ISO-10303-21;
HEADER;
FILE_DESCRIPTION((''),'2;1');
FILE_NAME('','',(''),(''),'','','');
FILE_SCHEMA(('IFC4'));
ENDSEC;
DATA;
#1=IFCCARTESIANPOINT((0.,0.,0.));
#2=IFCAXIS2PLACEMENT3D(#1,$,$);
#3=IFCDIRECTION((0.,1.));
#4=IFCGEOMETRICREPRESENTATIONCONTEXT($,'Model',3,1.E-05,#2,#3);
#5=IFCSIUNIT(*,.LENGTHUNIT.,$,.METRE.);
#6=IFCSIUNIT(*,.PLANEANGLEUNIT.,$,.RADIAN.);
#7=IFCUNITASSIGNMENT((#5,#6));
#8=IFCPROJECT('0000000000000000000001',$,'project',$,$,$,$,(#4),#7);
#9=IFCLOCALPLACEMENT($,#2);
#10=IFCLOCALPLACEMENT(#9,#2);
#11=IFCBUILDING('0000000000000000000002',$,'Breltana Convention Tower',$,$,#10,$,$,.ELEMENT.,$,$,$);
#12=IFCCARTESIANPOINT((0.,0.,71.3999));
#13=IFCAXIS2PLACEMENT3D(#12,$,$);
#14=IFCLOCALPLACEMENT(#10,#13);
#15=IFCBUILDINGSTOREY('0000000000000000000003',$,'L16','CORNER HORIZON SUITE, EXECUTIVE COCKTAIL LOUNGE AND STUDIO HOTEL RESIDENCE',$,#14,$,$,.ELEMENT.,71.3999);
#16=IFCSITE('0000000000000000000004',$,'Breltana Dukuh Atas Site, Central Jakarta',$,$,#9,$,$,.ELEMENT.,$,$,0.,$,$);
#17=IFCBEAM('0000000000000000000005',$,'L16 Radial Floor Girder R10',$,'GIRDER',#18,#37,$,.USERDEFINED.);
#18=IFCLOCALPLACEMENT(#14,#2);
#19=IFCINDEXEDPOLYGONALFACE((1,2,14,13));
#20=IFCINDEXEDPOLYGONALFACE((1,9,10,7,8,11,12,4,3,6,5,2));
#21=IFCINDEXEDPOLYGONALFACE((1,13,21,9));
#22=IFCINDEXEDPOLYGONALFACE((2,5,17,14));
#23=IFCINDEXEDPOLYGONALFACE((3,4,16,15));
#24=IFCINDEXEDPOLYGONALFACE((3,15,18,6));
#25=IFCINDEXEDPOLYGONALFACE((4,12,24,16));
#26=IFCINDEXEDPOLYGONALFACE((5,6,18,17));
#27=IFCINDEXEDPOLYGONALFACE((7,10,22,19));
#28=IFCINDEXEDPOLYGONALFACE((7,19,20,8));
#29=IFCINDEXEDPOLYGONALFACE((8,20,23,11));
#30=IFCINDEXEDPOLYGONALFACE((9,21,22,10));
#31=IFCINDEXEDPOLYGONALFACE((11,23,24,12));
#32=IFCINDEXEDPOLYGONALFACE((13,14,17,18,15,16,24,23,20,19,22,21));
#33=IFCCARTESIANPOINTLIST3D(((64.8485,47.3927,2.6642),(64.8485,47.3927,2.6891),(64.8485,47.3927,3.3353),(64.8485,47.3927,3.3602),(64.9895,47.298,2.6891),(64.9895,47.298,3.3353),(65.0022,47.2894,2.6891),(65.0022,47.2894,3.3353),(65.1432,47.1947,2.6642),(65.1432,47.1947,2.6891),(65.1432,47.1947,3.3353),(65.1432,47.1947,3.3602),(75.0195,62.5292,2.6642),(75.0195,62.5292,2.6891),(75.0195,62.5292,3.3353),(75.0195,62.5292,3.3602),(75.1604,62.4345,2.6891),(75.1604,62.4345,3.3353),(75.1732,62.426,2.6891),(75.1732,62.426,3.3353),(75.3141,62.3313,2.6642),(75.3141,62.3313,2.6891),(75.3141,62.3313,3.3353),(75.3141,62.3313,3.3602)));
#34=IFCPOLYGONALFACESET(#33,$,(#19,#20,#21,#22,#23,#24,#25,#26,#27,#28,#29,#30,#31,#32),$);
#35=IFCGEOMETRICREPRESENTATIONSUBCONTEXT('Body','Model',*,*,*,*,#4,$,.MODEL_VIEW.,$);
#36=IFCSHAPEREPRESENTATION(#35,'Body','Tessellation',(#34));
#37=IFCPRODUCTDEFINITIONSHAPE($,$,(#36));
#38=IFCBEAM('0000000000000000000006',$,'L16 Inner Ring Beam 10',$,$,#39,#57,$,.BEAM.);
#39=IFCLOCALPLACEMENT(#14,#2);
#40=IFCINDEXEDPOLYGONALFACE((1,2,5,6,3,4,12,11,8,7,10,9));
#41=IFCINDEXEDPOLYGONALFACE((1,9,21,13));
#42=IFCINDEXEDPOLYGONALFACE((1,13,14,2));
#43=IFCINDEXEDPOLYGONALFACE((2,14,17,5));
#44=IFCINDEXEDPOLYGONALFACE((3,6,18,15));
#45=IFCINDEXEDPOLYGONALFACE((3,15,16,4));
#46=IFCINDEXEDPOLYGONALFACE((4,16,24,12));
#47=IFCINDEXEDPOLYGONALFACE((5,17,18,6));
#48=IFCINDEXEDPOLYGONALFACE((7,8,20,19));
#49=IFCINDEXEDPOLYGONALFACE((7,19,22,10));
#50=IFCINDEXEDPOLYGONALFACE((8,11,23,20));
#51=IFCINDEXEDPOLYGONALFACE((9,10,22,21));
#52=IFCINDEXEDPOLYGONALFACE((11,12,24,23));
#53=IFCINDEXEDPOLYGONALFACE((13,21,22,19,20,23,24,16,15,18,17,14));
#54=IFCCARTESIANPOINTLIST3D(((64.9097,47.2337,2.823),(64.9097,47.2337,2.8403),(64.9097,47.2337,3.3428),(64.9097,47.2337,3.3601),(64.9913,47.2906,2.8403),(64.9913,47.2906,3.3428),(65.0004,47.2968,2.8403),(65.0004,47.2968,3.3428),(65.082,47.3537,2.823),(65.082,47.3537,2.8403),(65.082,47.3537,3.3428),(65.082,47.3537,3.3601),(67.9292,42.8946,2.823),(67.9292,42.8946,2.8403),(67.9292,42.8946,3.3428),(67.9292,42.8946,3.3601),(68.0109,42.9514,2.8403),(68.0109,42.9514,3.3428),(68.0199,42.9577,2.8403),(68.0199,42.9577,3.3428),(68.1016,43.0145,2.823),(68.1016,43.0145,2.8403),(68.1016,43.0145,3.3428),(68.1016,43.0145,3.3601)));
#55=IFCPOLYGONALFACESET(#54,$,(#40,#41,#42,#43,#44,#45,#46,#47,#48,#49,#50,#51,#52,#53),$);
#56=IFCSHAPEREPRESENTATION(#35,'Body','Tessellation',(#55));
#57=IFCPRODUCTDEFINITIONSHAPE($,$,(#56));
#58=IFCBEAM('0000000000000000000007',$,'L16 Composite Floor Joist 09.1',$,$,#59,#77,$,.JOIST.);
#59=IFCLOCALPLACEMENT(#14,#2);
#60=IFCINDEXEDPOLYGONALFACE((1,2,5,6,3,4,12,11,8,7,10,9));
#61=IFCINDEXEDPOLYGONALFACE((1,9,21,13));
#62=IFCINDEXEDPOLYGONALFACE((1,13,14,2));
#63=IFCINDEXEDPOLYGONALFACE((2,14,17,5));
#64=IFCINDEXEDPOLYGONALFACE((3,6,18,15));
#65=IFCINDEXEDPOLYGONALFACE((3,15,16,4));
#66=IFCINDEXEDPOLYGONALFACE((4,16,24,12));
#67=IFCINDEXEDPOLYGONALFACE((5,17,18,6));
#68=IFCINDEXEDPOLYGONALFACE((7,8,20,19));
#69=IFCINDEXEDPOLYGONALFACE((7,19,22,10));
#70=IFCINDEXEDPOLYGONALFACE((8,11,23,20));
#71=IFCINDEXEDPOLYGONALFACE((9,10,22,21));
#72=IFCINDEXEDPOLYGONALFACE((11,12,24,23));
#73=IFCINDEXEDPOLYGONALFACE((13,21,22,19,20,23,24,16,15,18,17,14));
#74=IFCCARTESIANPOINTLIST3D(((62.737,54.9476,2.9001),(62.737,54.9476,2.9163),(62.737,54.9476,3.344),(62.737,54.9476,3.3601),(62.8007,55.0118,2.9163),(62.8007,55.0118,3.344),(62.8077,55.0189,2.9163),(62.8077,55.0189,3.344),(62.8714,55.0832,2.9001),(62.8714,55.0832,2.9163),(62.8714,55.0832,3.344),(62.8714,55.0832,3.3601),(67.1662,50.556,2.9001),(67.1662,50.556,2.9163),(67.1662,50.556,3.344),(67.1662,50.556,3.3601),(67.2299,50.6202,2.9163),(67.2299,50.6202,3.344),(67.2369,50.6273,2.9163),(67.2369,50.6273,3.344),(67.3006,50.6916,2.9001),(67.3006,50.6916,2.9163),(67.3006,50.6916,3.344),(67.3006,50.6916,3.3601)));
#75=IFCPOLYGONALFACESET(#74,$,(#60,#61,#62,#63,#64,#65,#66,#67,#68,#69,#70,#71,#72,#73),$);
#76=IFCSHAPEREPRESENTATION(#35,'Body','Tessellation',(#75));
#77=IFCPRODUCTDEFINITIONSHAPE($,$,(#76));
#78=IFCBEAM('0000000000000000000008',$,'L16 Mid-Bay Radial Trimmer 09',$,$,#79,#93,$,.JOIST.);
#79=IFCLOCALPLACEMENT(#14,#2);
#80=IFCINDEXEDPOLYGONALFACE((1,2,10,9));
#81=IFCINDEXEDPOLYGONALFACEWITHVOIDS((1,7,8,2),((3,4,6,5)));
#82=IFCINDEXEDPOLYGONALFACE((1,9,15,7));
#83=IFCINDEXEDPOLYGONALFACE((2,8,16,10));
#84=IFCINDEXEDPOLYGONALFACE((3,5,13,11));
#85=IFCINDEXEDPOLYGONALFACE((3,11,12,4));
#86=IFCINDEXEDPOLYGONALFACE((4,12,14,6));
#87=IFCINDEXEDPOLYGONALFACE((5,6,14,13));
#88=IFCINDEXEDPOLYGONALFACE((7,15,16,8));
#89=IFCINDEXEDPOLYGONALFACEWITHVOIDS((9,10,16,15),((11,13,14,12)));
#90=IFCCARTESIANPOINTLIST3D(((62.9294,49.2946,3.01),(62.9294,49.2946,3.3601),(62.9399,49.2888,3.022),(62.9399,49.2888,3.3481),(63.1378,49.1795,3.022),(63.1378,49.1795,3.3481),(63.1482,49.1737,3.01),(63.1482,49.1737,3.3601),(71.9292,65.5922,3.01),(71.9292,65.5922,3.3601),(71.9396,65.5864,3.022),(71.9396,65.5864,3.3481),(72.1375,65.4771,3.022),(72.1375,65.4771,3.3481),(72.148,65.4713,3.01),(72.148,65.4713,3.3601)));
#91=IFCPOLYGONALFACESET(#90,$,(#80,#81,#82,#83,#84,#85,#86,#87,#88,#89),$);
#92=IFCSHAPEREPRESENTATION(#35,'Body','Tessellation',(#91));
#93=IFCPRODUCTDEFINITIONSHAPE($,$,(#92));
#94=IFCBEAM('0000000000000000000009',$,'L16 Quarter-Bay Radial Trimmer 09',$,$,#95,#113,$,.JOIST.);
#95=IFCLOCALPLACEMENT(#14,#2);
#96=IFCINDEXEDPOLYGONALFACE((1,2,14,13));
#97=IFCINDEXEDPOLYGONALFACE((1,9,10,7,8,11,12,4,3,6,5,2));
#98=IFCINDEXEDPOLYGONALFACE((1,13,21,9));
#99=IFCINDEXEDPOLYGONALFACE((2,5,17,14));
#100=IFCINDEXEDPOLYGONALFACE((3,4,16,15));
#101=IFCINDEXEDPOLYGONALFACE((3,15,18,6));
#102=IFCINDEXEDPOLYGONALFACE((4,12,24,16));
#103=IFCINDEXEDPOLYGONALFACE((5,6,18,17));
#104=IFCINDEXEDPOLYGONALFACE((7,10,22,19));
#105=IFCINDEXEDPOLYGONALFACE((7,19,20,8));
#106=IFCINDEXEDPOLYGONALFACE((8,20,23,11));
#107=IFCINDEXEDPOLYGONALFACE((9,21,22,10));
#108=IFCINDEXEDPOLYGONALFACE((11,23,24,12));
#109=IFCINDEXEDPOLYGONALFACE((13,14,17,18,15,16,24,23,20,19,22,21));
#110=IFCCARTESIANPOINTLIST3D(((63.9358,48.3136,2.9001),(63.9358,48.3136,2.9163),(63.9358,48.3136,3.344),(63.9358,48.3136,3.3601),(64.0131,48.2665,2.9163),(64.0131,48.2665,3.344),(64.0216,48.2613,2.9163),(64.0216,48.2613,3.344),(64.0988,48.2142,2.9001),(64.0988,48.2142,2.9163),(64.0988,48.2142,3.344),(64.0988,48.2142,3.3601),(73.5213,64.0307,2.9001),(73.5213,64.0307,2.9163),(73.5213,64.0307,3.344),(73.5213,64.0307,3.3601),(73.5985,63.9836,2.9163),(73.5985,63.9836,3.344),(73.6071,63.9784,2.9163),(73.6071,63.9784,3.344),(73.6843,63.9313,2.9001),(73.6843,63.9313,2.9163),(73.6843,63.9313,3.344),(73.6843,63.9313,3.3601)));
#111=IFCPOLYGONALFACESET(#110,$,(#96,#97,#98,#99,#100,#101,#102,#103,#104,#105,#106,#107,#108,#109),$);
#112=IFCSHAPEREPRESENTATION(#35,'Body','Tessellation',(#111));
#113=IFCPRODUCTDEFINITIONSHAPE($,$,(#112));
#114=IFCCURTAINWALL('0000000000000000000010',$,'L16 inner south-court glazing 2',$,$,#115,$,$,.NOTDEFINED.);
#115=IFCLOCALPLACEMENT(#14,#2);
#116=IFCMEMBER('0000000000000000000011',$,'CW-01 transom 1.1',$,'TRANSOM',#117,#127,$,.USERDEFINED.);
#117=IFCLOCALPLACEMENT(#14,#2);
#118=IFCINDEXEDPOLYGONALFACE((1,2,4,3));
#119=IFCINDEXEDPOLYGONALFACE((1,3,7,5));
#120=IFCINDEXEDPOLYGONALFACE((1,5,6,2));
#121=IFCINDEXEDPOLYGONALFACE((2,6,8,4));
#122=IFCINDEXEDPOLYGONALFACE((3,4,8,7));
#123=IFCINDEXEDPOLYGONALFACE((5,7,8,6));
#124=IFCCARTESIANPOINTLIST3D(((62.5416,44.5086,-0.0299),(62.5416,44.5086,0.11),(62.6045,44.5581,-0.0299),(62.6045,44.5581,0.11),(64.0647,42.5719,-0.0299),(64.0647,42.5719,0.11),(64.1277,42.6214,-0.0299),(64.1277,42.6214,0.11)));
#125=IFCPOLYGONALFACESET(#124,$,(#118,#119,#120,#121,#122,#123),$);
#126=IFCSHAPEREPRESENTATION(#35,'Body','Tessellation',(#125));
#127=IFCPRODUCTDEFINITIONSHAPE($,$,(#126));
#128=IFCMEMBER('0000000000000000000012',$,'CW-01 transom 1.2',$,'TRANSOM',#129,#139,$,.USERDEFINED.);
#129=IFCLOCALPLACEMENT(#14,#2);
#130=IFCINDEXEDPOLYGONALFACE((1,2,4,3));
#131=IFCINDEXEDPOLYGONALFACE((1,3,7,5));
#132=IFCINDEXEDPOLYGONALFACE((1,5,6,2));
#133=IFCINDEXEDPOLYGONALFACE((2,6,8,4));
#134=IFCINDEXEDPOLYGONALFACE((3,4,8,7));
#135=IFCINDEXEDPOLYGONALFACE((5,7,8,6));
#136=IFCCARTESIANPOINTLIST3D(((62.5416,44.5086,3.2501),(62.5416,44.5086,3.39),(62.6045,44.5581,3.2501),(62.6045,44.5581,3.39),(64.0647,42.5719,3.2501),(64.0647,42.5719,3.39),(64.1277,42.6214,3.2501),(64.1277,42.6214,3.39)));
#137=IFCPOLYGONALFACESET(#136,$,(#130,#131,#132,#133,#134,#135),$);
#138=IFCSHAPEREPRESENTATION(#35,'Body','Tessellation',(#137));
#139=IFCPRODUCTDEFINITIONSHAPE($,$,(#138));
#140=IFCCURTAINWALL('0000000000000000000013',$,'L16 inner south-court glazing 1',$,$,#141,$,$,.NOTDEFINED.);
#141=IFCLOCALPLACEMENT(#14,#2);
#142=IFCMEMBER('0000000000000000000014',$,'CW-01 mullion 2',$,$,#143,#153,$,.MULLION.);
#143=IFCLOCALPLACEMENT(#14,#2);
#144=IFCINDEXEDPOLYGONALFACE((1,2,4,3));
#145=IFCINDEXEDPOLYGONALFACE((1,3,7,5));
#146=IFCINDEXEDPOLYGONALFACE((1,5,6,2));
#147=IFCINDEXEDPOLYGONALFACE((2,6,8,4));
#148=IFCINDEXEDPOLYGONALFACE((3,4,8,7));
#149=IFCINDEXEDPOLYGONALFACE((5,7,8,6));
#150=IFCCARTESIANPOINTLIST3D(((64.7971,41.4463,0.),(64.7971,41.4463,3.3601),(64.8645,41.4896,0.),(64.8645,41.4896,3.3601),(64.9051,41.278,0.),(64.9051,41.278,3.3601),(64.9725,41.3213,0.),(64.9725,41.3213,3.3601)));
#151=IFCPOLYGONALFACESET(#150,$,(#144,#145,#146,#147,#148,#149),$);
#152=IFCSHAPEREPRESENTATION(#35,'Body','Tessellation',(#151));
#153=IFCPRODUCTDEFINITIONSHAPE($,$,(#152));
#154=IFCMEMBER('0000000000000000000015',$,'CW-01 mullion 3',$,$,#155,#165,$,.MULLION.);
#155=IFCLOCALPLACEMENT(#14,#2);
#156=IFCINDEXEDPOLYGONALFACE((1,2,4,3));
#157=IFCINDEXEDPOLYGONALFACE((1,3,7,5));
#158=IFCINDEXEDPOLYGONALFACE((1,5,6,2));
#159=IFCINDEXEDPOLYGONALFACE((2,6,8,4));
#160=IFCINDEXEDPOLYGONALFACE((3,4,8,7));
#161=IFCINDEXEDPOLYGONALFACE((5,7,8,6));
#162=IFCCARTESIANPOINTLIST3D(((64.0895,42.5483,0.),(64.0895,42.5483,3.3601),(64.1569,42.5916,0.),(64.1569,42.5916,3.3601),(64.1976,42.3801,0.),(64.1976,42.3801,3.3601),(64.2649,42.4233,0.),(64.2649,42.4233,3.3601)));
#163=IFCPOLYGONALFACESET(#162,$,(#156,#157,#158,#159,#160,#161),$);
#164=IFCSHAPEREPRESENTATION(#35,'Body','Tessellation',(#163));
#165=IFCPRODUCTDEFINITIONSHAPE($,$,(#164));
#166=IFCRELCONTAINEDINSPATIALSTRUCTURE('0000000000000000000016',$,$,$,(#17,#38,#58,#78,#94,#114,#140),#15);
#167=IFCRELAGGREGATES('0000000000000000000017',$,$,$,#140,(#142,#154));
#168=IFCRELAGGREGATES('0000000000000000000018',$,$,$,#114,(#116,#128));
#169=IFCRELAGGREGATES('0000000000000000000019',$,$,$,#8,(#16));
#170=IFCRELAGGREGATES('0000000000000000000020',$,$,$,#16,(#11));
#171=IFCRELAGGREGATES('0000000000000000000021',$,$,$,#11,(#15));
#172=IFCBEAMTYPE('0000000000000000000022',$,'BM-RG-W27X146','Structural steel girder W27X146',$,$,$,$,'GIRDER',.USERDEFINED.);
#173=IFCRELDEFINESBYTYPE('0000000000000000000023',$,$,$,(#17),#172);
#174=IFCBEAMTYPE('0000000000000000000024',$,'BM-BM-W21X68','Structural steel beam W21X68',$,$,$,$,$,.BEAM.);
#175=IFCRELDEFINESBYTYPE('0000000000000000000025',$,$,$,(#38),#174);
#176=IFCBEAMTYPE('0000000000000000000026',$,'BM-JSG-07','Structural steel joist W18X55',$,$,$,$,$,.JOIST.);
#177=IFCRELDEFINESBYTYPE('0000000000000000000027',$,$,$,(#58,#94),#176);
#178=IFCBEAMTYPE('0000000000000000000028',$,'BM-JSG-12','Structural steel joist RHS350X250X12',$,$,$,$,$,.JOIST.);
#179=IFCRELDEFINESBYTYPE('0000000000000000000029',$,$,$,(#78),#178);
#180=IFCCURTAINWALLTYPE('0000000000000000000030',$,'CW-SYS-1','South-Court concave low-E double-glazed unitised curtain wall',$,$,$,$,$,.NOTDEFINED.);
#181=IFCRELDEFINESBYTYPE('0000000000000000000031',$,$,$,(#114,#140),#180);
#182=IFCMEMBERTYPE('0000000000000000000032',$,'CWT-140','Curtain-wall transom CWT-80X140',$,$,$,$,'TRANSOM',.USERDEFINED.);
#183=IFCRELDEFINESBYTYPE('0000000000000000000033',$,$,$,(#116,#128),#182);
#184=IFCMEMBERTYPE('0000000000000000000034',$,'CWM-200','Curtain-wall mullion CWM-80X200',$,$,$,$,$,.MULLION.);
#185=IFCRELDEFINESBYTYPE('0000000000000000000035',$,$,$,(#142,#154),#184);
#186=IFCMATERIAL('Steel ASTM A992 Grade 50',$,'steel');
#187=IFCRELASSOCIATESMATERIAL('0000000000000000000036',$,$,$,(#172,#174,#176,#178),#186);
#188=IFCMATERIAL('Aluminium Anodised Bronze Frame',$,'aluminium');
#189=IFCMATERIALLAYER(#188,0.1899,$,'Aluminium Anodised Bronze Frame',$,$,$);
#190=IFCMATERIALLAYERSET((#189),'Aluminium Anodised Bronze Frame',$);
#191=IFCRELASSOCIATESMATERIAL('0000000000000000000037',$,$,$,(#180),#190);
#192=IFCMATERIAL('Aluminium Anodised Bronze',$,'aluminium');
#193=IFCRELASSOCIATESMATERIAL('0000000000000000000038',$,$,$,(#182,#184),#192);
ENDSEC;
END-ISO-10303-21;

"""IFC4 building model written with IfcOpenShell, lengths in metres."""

from ifc_helpers import new_model, si_unit, direction, frame, origin, origin_2d, place, context, subcontext, project, spatial, rectangle, hollow_rectangle, i_section, extrude, source, transform, mapped, material, layer, layer_set, material_profile, profile_set, type_object, element, aggregate, save


model = new_model("IFC4")

# Units and contexts
model_context = context("Model", 3, precision=1e-05, world=origin(), true_north=direction((0.0, 1.0)))
body_context = subcontext(model_context, "Body", "Model", "MODEL_VIEW")
ifc_project = project(units=[si_unit("LENGTHUNIT", "METRE"), si_unit("PLANEANGLEUNIT", "RADIAN")], contexts=[model_context])

# Site, building, storey
site_placement = place(None, origin())
site = spatial("IfcSite", under=ifc_project, at=site_placement, Name="Breltana Dukuh Atas Site, Central Jakarta", CompositionType="ELEMENT", RefElevation=0.0)
building_placement = place(site_placement, origin())
building = spatial("IfcBuilding", under=site, at=building_placement, Name="Breltana Convention Tower", CompositionType="ELEMENT")
storey_placement = place(building_placement, frame((0.0, 0.0, 71.3999)))
storey = spatial("IfcBuildingStorey", under=building, at=storey_placement, Name="L16", Description="CORNER HORIZON SUITE, EXECUTIVE COCKTAIL LOUNGE AND STUDIO HOTEL RESIDENCE", CompositionType="ELEMENT", Elevation=71.3999)

# Beams
ifc_material_1 = material(Name="Steel ASTM A992 Grade 50", Category="steel")
ifc_material_profile_1 = material_profile(ifc_material_1, i_section(OverallWidth=0.355, OverallDepth=0.696, WebThickness=0.0154, FlangeThickness=0.0249, at=origin_2d()), Name="W27X146")
ifc_profile_set_1 = profile_set([ifc_material_profile_1], Name="Steel ASTM A992 Grade 50")
beam_type_1 = type_object("IfcBeamType", Name="BM-RG-W27X146", Description="Structural steel girder W27X146", ElementType="GIRDER", PredefinedType="USERDEFINED", material=ifc_profile_set_1)
shared_shape_1 = source(origin(), body_context, "Body", "SweptSolid", [
    extrude(i_section(OverallWidth=0.355, OverallDepth=0.696, WebThickness=0.0154, FlangeThickness=0.0249, at=origin_2d()), origin(), (0.0, 0.0, 1.0), 18.2363),
])
beam_1_placement = place(storey_placement, frame((64.9958, 47.2937, 3.0122), z_axis=(0.55773, 0.830022, 0.0), x_axis=(-0.830022, 0.55773, 0.0)))
element("IfcBeam", 1, at=beam_1_placement, inside=storey, type_object=beam_type_1, Name="L16 Radial Floor Girder R10", ObjectType="GIRDER", PredefinedType="USERDEFINED", context=body_context, shape_type="MappedRepresentation", body=[
    mapped(shared_shape_1, transform((0.0, 0.0, 0.0), scale=1.0)),
])
ifc_material_profile_2 = material_profile(ifc_material_1, i_section(OverallWidth=0.21, OverallDepth=0.5371, WebThickness=0.011, FlangeThickness=0.0173, at=origin_2d()), Name="W21X68")
ifc_profile_set_2 = profile_set([ifc_material_profile_2], Name="Steel ASTM A992 Grade 50")
beam_type_2 = type_object("IfcBeamType", Name="BM-BM-W21X68", Description="Structural steel beam W21X68", PredefinedType="BEAM", material=ifc_profile_set_2)
shared_shape_2 = source(origin(), body_context, "Body", "SweptSolid", [
    extrude(i_section(OverallWidth=0.21, OverallDepth=0.5371, WebThickness=0.011, FlangeThickness=0.0173, at=origin_2d()), origin(), (0.0, 0.0, 1.0), 5.2864),
])
beam_2_placement = place(storey_placement, frame((64.9958, 47.2937, 3.0916), z_axis=(0.571194, -0.820815, 0.0), x_axis=(0.820815, 0.571194, 0.0)))
element("IfcBeam", 2, at=beam_2_placement, inside=storey, type_object=beam_type_2, Name="L16 Inner Ring Beam 10", PredefinedType="BEAM", context=body_context, shape_type="MappedRepresentation", body=[
    mapped(shared_shape_2, transform((0.0, 0.0, 0.0), scale=1.0)),
])
ifc_material_profile_3 = material_profile(ifc_material_1, i_section(OverallWidth=0.1909, OverallDepth=0.46, WebThickness=0.01, FlangeThickness=0.0161, at=origin_2d()), Name="W18X55")
ifc_profile_set_3 = profile_set([ifc_material_profile_3], Name="Steel ASTM A992 Grade 50")
beam_type_3 = type_object("IfcBeamType", Name="BM-JSG-07", Description="Structural steel joist W18X55", PredefinedType="JOIST", material=ifc_profile_set_3)
shared_shape_3 = source(origin(), body_context, "Body", "SweptSolid", [
    extrude(i_section(OverallWidth=0.1909, OverallDepth=0.46, WebThickness=0.01, FlangeThickness=0.0161, at=origin_2d()), origin(), (0.0, 0.0, 1.0), 6.2373),
])
beam_3_placement = place(storey_placement, frame((62.8042, 55.0154, 3.1301), z_axis=(0.710114, -0.704086, 0.0), x_axis=(0.704086, 0.710114, 0.0)))
element("IfcBeam", 3, at=beam_3_placement, inside=storey, type_object=beam_type_3, Name="L16 Composite Floor Joist 09.1", PredefinedType="JOIST", context=body_context, shape_type="MappedRepresentation", body=[
    mapped(shared_shape_3, transform((0.0, 0.0, 0.0), scale=1.0)),
])
ifc_material_profile_4 = material_profile(ifc_material_1, hollow_rectangle(XDim=0.25, YDim=0.3501, WallThickness=0.012, at=origin_2d()), Name="RHS350X250X12")
ifc_profile_set_4 = profile_set([ifc_material_profile_4], Name="Steel ASTM A992 Grade 50")
beam_type_4 = type_object("IfcBeamType", Name="BM-JSG-12", Description="Structural steel joist RHS350X250X12", PredefinedType="JOIST", material=ifc_profile_set_4)
shared_shape_4 = source(origin(), body_context, "Body", "SweptSolid", [
    extrude(hollow_rectangle(XDim=0.25, YDim=0.3501, WallThickness=0.012, at=origin_2d()), origin(), (0.0, 0.0, 1.0), 18.6174),
])
beam_4_placement = place(storey_placement, frame((63.0388, 49.2341, 3.1851), z_axis=(0.483406, 0.875396, 0.0), x_axis=(-0.875396, 0.483406, 0.0)))
element("IfcBeam", 4, at=beam_4_placement, inside=storey, type_object=beam_type_4, Name="L16 Mid-Bay Radial Trimmer 09", PredefinedType="JOIST", context=body_context, shape_type="MappedRepresentation", body=[
    mapped(shared_shape_4, transform((0.0, 0.0, 0.0), scale=1.0)),
])
shared_shape_5 = source(origin(), body_context, "Body", "SweptSolid", [
    extrude(i_section(OverallWidth=0.1909, OverallDepth=0.46, WebThickness=0.01, FlangeThickness=0.0161, at=origin_2d()), origin(), (0.0, 0.0, 1.0), 18.4094),
])
beam_5_placement = place(storey_placement, frame((64.0173, 48.2639, 3.1301), z_axis=(0.520682, 0.853751, 0.0), x_axis=(-0.853751, 0.520682, 0.0)))
element("IfcBeam", 5, at=beam_5_placement, inside=storey, type_object=beam_type_3, Name="L16 Quarter-Bay Radial Trimmer 09", PredefinedType="JOIST", context=body_context, shape_type="MappedRepresentation", body=[
    mapped(shared_shape_5, transform((0.0, 0.0, 0.0), scale=1.0)),
])

# Curtain walls, members
ifc_material_2 = material(Name="Aluminium Anodised Bronze Frame", Category="aluminium")
ifc_layer_1 = layer(ifc_material_2, 0.1899, Name="Aluminium Anodised Bronze Frame")
ifc_layer_set_1 = layer_set([ifc_layer_1], Name="Aluminium Anodised Bronze Frame")
curtain_wall_type = type_object("IfcCurtainWallType", Name="CW-SYS-1", Description="South-Court concave low-E double-glazed unitised curtain wall", PredefinedType="NOTDEFINED", material=ifc_layer_set_1)
curtain_wall_1_placement = place(storey_placement, origin())
curtain_wall_1 = element("IfcCurtainWall", 6, at=curtain_wall_1_placement, inside=storey, type_object=curtain_wall_type, Name="L16 inner south-court glazing 2", PredefinedType="NOTDEFINED")
ifc_material_3 = material(Name="Aluminium Anodised Bronze", Category="aluminium")
ifc_material_profile_5 = material_profile(ifc_material_3, rectangle(XDim=0.0801, YDim=0.1399, at=origin_2d()), Name="CWT-80X140")
ifc_profile_set_5 = profile_set([ifc_material_profile_5], Name="Aluminium Anodised Bronze")
member_type_1 = type_object("IfcMemberType", Name="CWT-140", Description="Curtain-wall transom CWT-80X140", ElementType="TRANSOM", PredefinedType="USERDEFINED", material=ifc_profile_set_5)
shared_shape_6 = source(origin(), body_context, "Body", "SweptSolid", [
    extrude(rectangle(XDim=0.0801, YDim=0.1399, at=origin_2d()), origin(), (0.0, 0.0, 1.0), 2.4639),
])
member_1_placement = place(storey_placement, frame((64.0962, 42.5967, 0.04), z_axis=(-0.618185, 0.786033, 0.0), x_axis=(-0.786033, -0.618185, 0.0)))
member_1 = element("IfcMember", 7, at=member_1_placement, type_object=member_type_1, Name="CW-01 transom 1.1", ObjectType="TRANSOM", PredefinedType="USERDEFINED", context=body_context, shape_type="MappedRepresentation", body=[
    mapped(shared_shape_6, transform((0.0, 0.0, 0.0), scale=1.0)),
])
member_2_placement = place(storey_placement, frame((64.0962, 42.5967, 3.3201), z_axis=(-0.618185, 0.786033, 0.0), x_axis=(-0.786033, -0.618185, 0.0)))
member_2 = element("IfcMember", 8, at=member_2_placement, type_object=member_type_1, Name="CW-01 transom 1.2", ObjectType="TRANSOM", PredefinedType="USERDEFINED", context=body_context, shape_type="MappedRepresentation", body=[
    mapped(shared_shape_6, transform((0.0, 0.0, 0.0), scale=1.0)),
])
curtain_wall_2_placement = place(storey_placement, origin())
curtain_wall_2 = element("IfcCurtainWall", 9, at=curtain_wall_2_placement, inside=storey, type_object=curtain_wall_type, Name="L16 inner south-court glazing 1", PredefinedType="NOTDEFINED")
ifc_material_profile_6 = material_profile(ifc_material_3, rectangle(XDim=0.0801, YDim=0.2, at=origin_2d()), Name="CWM-80X200")
ifc_profile_set_6 = profile_set([ifc_material_profile_6], Name="Aluminium Anodised Bronze")
member_type_2 = type_object("IfcMemberType", Name="CWM-200", Description="Curtain-wall mullion CWM-80X200", PredefinedType="MULLION", material=ifc_profile_set_6)
shared_shape_7 = source(origin(), body_context, "Body", "SweptSolid", [
    extrude(rectangle(XDim=0.0801, YDim=0.2, at=origin_2d()), origin(), (0.0, 0.0, 1.0), 3.3601),
])
member_3_placement = place(storey_placement, frame((64.8848, 41.3838, 0.0), z_axis=(0.0, 0.0, 1.0), x_axis=(-0.841556, -0.54017, 0.0)))
member_3 = element("IfcMember", 10, at=member_3_placement, type_object=member_type_2, Name="CW-01 mullion 2", PredefinedType="MULLION", context=body_context, shape_type="MappedRepresentation", body=[
    mapped(shared_shape_7, transform((0.0, 0.0, 0.0), scale=1.0)),
])
member_4_placement = place(storey_placement, frame((64.1772, 42.4858, 0.0), z_axis=(0.0, 0.0, 1.0), x_axis=(-0.841556, -0.54017, 0.0)))
member_4 = element("IfcMember", 11, at=member_4_placement, type_object=member_type_2, Name="CW-01 mullion 3", PredefinedType="MULLION", context=body_context, shape_type="MappedRepresentation", body=[
    mapped(shared_shape_7, transform((0.0, 0.0, 0.0), scale=1.0)),
])

aggregate(curtain_wall_2, [member_3, member_4])
aggregate(curtain_wall_1, [member_1, member_2])

save(model, "model.ifc")
